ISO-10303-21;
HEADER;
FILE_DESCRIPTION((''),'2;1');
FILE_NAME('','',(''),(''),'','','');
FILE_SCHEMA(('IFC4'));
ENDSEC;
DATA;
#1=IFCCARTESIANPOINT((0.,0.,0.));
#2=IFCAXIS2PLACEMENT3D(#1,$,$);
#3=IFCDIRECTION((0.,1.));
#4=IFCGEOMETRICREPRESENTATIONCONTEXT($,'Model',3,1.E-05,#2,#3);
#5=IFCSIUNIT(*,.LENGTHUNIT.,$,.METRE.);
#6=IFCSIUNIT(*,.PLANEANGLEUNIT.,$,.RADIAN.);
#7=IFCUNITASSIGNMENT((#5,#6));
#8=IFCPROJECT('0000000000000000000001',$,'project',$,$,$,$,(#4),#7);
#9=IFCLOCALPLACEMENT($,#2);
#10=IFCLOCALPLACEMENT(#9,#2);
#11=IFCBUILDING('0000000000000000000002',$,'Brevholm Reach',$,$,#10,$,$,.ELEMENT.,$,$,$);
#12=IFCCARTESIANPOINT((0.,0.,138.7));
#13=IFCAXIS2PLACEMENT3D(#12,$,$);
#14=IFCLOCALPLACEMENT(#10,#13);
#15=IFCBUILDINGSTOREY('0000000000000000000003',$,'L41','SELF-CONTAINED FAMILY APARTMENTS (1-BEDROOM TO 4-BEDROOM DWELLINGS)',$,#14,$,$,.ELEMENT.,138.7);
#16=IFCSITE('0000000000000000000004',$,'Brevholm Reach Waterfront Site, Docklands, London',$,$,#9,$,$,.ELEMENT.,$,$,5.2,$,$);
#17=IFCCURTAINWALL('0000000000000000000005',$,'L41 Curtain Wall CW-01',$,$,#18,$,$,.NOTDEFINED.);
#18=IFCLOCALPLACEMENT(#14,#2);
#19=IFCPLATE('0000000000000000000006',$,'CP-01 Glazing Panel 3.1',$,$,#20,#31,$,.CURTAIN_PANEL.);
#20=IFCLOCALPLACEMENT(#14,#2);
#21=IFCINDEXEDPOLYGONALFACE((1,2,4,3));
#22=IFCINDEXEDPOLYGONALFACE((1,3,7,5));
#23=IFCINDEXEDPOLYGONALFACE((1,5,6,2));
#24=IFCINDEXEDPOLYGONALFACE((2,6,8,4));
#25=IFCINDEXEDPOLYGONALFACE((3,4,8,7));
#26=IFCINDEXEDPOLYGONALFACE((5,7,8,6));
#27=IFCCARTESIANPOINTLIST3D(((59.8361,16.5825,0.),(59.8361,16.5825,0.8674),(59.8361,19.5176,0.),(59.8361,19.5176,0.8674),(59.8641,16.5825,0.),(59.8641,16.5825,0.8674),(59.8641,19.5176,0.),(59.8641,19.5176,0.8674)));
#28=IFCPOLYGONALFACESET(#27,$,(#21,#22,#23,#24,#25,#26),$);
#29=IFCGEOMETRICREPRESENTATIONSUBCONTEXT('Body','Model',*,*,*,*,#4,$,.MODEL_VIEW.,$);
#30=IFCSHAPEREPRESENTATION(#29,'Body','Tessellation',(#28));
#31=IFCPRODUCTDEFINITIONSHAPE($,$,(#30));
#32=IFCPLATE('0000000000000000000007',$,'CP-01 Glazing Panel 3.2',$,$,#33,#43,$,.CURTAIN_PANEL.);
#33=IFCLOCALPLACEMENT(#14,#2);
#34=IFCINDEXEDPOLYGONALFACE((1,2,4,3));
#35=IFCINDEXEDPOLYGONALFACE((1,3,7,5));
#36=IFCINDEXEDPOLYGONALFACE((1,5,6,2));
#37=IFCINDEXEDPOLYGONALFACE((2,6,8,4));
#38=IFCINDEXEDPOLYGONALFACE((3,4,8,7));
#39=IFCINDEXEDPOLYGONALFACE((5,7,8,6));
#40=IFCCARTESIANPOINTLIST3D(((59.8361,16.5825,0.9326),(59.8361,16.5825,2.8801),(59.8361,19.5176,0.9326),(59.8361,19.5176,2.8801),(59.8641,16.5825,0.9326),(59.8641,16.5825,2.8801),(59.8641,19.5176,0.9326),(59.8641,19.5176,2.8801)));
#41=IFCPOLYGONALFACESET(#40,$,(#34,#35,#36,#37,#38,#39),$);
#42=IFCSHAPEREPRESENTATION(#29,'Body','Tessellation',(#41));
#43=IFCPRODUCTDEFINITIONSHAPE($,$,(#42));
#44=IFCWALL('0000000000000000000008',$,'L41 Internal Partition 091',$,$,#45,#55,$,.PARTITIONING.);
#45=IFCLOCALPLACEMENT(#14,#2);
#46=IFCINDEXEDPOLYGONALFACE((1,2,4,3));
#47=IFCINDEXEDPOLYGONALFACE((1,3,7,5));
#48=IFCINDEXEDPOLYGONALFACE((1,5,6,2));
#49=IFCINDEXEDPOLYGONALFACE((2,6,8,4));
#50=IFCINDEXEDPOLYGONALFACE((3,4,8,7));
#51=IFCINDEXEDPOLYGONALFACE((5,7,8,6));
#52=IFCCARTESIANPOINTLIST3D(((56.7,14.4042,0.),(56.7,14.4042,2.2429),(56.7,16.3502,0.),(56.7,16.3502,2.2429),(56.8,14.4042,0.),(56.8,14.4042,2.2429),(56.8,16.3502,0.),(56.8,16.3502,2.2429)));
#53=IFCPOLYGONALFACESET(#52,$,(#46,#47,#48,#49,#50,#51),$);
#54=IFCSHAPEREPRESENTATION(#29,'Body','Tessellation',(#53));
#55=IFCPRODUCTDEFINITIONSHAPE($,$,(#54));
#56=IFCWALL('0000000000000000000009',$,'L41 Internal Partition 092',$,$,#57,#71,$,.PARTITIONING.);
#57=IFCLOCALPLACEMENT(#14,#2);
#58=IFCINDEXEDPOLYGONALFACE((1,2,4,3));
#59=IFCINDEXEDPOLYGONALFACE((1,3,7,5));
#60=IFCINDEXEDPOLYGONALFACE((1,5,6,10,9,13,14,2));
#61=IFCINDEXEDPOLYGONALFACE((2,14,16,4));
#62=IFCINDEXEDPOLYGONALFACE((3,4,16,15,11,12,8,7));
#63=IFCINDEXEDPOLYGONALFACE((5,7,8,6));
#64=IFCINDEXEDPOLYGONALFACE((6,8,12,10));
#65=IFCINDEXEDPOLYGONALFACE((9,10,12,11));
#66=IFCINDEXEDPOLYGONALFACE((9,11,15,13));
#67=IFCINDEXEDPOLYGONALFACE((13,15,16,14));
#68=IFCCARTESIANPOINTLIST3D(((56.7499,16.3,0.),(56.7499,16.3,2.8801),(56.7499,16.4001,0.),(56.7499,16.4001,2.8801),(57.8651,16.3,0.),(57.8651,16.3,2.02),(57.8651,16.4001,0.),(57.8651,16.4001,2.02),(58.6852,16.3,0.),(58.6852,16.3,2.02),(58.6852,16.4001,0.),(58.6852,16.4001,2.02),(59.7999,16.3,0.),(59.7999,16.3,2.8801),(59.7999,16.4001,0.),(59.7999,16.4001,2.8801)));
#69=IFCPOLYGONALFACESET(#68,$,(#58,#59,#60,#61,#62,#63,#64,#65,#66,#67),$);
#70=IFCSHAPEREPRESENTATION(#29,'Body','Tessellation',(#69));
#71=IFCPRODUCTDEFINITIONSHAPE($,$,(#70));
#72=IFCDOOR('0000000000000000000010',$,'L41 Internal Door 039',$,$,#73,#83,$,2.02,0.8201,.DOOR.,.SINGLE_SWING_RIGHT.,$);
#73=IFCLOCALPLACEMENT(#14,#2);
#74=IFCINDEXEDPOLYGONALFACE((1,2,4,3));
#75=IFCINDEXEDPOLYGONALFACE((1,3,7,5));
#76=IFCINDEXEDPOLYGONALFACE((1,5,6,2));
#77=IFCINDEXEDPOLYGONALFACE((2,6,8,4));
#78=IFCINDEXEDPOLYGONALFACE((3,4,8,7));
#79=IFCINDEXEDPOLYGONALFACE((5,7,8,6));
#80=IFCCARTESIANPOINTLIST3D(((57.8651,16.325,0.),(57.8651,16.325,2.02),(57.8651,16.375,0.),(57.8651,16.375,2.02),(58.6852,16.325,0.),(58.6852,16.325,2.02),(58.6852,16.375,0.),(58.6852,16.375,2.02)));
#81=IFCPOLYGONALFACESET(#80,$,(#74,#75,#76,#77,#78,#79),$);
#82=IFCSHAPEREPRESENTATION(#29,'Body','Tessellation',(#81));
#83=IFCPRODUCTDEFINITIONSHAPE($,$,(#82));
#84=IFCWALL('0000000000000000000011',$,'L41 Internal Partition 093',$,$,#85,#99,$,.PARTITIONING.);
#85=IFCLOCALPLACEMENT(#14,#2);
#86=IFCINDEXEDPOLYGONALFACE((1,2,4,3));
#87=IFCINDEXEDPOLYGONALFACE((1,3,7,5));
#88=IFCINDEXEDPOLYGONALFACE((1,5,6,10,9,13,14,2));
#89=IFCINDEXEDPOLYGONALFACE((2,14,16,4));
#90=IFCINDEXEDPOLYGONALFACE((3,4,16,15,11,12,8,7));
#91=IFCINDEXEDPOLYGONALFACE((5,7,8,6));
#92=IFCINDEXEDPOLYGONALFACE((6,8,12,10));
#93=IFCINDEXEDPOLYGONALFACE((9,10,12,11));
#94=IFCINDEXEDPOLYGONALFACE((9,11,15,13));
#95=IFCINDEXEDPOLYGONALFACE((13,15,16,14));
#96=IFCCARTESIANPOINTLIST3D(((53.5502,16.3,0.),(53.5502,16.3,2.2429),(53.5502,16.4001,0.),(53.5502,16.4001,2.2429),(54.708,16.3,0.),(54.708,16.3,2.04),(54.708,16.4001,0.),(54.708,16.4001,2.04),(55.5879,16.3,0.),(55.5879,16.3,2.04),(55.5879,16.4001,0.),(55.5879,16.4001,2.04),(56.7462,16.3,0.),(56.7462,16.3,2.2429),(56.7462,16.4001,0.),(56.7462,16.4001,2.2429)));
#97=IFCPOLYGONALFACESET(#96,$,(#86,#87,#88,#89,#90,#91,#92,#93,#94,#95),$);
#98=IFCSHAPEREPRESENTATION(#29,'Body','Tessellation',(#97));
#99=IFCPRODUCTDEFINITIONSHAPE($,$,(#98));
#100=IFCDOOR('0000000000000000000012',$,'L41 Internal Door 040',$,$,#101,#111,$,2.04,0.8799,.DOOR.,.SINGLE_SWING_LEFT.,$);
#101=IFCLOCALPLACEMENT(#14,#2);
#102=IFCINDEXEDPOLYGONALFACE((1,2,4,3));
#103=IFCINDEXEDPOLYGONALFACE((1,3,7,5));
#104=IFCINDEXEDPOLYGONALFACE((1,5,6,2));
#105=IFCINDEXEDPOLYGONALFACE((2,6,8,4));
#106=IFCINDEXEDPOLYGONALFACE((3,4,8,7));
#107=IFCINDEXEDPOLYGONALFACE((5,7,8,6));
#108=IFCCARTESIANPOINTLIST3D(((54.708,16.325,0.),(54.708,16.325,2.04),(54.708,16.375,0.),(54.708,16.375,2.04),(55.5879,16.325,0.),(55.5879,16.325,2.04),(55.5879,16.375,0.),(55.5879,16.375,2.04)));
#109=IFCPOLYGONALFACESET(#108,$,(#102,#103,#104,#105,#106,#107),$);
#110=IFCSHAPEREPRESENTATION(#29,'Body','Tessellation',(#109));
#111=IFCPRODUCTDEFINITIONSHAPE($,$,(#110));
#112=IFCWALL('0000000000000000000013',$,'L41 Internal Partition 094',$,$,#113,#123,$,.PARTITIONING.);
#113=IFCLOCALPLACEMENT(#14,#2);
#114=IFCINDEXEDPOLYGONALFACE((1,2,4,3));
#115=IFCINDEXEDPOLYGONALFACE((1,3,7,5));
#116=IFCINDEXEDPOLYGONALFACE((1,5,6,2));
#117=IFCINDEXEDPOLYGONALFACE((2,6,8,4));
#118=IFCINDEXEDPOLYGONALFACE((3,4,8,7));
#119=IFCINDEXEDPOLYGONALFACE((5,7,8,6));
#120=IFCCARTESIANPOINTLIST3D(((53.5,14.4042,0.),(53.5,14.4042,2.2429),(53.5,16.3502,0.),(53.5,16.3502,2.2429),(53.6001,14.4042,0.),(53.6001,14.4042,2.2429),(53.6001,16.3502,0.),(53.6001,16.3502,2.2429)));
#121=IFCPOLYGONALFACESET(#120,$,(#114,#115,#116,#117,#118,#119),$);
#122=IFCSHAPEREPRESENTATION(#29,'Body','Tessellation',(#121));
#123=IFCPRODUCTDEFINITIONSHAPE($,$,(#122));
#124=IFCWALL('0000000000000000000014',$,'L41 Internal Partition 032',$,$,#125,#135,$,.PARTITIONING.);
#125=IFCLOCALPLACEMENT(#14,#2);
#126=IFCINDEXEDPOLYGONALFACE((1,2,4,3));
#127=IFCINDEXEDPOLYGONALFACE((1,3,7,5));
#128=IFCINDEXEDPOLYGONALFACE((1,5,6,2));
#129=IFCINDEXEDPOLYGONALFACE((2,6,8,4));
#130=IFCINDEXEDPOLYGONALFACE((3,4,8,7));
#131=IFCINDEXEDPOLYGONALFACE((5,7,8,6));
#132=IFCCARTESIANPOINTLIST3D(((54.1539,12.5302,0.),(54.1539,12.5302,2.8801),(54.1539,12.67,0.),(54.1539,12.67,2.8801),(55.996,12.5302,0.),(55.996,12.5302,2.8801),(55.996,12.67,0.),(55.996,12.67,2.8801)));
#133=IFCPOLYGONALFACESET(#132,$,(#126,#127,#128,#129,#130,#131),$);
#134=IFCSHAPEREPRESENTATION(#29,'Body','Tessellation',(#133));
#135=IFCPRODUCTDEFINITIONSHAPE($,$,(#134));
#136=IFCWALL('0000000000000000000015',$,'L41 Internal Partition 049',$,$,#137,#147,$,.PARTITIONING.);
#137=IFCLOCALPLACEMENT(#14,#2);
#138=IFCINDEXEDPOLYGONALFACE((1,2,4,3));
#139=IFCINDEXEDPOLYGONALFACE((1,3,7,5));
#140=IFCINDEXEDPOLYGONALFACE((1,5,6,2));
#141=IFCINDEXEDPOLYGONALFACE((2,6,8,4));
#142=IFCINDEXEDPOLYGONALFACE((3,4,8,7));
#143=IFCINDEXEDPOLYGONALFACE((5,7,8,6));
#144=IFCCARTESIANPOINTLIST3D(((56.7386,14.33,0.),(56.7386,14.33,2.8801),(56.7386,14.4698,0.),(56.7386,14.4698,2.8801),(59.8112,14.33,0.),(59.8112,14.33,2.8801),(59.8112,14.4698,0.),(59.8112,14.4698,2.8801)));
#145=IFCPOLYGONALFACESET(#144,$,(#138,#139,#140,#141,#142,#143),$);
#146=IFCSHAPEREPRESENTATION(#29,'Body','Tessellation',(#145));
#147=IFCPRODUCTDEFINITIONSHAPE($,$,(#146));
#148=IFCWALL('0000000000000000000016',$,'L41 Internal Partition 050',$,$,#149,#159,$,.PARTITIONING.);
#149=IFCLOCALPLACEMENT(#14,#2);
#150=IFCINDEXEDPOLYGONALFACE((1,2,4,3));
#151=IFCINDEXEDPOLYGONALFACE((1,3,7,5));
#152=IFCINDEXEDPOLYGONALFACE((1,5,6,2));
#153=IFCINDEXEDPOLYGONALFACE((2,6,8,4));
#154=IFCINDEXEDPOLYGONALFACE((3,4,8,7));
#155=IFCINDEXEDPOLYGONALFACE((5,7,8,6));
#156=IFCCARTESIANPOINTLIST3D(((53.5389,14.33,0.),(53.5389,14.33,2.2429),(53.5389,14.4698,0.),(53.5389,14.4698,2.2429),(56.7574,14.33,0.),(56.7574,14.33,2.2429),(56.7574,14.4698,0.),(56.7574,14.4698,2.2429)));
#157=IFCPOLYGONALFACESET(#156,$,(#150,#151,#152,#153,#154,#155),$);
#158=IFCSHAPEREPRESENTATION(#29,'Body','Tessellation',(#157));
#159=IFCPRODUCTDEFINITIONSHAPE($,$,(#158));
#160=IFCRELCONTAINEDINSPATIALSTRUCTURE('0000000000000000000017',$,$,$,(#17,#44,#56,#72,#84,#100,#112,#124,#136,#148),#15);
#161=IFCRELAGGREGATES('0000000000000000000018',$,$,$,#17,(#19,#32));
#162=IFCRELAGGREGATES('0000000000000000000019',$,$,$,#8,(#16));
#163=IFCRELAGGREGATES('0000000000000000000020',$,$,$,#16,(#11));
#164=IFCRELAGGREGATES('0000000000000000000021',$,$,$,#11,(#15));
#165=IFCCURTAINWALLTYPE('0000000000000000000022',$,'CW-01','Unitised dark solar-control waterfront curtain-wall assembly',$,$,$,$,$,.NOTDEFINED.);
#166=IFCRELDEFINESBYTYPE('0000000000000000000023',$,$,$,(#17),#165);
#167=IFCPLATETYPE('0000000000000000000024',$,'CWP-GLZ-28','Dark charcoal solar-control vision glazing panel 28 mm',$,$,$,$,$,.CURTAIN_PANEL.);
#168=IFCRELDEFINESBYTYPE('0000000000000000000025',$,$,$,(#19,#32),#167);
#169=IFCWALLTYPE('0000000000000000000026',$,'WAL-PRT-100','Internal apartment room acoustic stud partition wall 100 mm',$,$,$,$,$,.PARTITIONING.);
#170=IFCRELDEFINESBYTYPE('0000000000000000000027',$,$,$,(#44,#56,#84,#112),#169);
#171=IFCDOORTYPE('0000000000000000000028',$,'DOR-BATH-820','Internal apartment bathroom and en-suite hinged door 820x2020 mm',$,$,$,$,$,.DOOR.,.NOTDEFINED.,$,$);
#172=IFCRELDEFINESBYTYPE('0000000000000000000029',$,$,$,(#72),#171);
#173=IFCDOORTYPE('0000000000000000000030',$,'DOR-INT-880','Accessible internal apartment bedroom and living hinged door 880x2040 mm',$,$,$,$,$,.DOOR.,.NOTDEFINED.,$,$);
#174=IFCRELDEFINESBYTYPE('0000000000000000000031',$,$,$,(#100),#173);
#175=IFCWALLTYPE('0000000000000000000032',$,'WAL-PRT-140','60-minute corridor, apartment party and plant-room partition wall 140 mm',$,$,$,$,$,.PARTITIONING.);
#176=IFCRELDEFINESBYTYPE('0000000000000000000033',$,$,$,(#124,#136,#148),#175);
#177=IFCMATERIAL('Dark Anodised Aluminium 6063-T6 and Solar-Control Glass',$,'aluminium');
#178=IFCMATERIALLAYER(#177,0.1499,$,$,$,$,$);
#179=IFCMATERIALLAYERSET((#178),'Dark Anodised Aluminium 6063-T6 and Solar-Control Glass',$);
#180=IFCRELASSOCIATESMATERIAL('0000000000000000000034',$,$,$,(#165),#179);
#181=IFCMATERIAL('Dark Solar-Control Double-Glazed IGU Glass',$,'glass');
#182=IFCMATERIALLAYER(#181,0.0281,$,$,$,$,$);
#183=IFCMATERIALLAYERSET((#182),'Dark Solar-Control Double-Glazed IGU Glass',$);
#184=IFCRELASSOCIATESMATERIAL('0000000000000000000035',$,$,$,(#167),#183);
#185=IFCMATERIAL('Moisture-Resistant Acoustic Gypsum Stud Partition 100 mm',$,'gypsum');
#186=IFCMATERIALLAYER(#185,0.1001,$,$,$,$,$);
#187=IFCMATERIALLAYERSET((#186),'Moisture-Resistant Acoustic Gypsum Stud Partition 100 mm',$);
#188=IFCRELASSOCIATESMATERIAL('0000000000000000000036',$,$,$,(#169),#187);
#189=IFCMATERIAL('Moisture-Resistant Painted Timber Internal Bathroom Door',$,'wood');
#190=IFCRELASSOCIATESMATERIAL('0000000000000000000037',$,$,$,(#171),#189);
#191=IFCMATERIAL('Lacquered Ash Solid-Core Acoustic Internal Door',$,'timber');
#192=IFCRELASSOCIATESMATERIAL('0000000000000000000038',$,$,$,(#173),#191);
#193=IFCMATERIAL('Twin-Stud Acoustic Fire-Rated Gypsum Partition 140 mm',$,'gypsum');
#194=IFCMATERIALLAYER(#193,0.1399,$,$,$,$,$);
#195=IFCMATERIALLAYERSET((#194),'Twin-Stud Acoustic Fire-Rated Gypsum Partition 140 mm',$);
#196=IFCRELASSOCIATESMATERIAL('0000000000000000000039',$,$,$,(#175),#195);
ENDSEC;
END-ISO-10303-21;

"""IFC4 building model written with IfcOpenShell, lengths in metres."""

from ifc_helpers import new_model, si_unit, direction, frame, frame_2d, origin, origin_2d, place, context, subcontext, project, spatial, rectangle, extrude, material, layer, layer_set, type_object, element, fill, aggregate, save


model = new_model("IFC4")

# Units and contexts
model_context = context("Model", 3, precision=1e-05, world=origin(), true_north=direction((0.0, 1.0)))
body_context = subcontext(model_context, "Body", "Model", "MODEL_VIEW")
ifc_project = project(units=[si_unit("LENGTHUNIT", "METRE"), si_unit("PLANEANGLEUNIT", "RADIAN")], contexts=[model_context])

# Site, building, storey
site_placement = place(None, origin())
site = spatial("IfcSite", under=ifc_project, at=site_placement, Name="Brevholm Reach Waterfront Site, Docklands, London", CompositionType="ELEMENT", RefElevation=5.2)
building_placement = place(site_placement, origin())
building = spatial("IfcBuilding", under=site, at=building_placement, Name="Brevholm Reach", CompositionType="ELEMENT")
storey_placement = place(building_placement, frame((0.0, 0.0, 138.7)))
storey = spatial("IfcBuildingStorey", under=building, at=storey_placement, Name="L41", Description="SELF-CONTAINED FAMILY APARTMENTS (1-BEDROOM TO 4-BEDROOM DWELLINGS)", CompositionType="ELEMENT", Elevation=138.7)

# Curtain wall, plates
ifc_material_1 = material(Name="Dark Anodised Aluminium 6063-T6 and Solar-Control Glass", Category="aluminium")
ifc_layer_1 = layer(ifc_material_1, 0.1499)
ifc_layer_set_1 = layer_set([ifc_layer_1], Name="Dark Anodised Aluminium 6063-T6 and Solar-Control Glass")
curtain_wall_type = type_object("IfcCurtainWallType", Name="CW-01", Description="Unitised dark solar-control waterfront curtain-wall assembly", PredefinedType="NOTDEFINED", material=ifc_layer_set_1)
curtain_wall_placement = place(storey_placement, origin())
curtain_wall = element("IfcCurtainWall", 1, at=curtain_wall_placement, inside=storey, type_object=curtain_wall_type, Name="L41 Curtain Wall CW-01", PredefinedType="NOTDEFINED")
ifc_material_2 = material(Name="Dark Solar-Control Double-Glazed IGU Glass", Category="glass")
ifc_layer_2 = layer(ifc_material_2, 0.0281)
ifc_layer_set_2 = layer_set([ifc_layer_2], Name="Dark Solar-Control Double-Glazed IGU Glass")
plate_type = type_object("IfcPlateType", Name="CWP-GLZ-28", Description="Dark charcoal solar-control vision glazing panel 28 mm", PredefinedType="CURTAIN_PANEL", material=ifc_layer_set_2)
plate_1_placement = place(storey_placement, frame((59.8501, 18.05, 0.0), z_axis=(0.0, 0.0, 1.0), x_axis=(0.0, 1.0, 0.0)))
plate_1 = element("IfcPlate", 2, at=plate_1_placement, type_object=plate_type, Name="CP-01 Glazing Panel 3.1", PredefinedType="CURTAIN_PANEL", context=body_context, shape_type="SweptSolid", body=[
    extrude(rectangle(XDim=2.9351, YDim=0.0281, at=origin_2d()), origin(), (0.0, 0.0, 1.0), 0.8674),
])
plate_2_placement = place(storey_placement, frame((59.8501, 18.05, 0.9326), z_axis=(0.0, 0.0, 1.0), x_axis=(0.0, 1.0, 0.0)))
plate_2 = element("IfcPlate", 3, at=plate_2_placement, type_object=plate_type, Name="CP-01 Glazing Panel 3.2", PredefinedType="CURTAIN_PANEL", context=body_context, shape_type="SweptSolid", body=[
    extrude(rectangle(XDim=2.9351, YDim=0.0281, at=origin_2d()), origin(), (0.0, 0.0, 1.0), 1.9475),
])
aggregate(curtain_wall, [plate_1, plate_2])

# Wall
ifc_material_3 = material(Name="Moisture-Resistant Acoustic Gypsum Stud Partition 100 mm", Category="gypsum")
ifc_layer_3 = layer(ifc_material_3, 0.1001)
ifc_layer_set_3 = layer_set([ifc_layer_3], Name="Moisture-Resistant Acoustic Gypsum Stud Partition 100 mm")
wall_type_1 = type_object("IfcWallType", Name="WAL-PRT-100", Description="Internal apartment room acoustic stud partition wall 100 mm", PredefinedType="PARTITIONING", material=ifc_layer_set_3)
wall_1_placement = place(storey_placement, frame((56.75, 14.4041, 0.0), z_axis=(0.0, 0.0, 1.0), x_axis=(0.0, 1.0, 0.0)))
element("IfcWall", 4, at=wall_1_placement, inside=storey, type_object=wall_type_1, Name="L41 Internal Partition 091", PredefinedType="PARTITIONING", context=body_context, shape_type="SweptSolid", body=[
    extrude(rectangle(XDim=1.946, YDim=0.1001, at=frame_2d((0.9731, 0.0))), origin(), (0.0, 0.0, 1.0), 2.2429),
])

# Walls, openings, doors
wall_2_placement = place(storey_placement, frame((56.75, 16.3501, 0.0), z_axis=(0.0, 0.0, 1.0), x_axis=(1.0, 0.0, 0.0)))
wall_2 = element("IfcWall", 5, at=wall_2_placement, inside=storey, type_object=wall_type_1, Name="L41 Internal Partition 092", PredefinedType="PARTITIONING", context=body_context, shape_type="SweptSolid", body=[
    extrude(rectangle(XDim=3.05, YDim=0.1001, at=frame_2d((1.5249, 0.0))), origin(), (0.0, 0.0, 1.0), 2.8801),
])
opening_1_placement = place(wall_2_placement, frame((1.115, 0.0, 0.0)))
opening_1 = element("IfcOpeningElement", 6, at=opening_1_placement, cuts=wall_2, PredefinedType="OPENING", context=body_context, shape_type="SweptSolid", body=[
    extrude(rectangle(XDim=0.8201, YDim=2.02, at=frame_2d((0.4102, 1.01))), frame((0.0, 0.0601, 0.0), z_axis=(0.0, -1.0, 0.0), x_axis=(1.0, 0.0, 0.0)), (0.0, 0.0, 1.0), 0.1201),
])
ifc_material_4 = material(Name="Moisture-Resistant Painted Timber Internal Bathroom Door", Category="wood")
door_type_1 = type_object("IfcDoorType", Name="DOR-BATH-820", Description="Internal apartment bathroom and en-suite hinged door 820x2020 mm", OperationType="NOTDEFINED", PredefinedType="DOOR", material=ifc_material_4)
door_1_placement = place(opening_1_placement, origin())
door_1 = element("IfcDoor", 7, at=door_1_placement, inside=storey, type_object=door_type_1, Name="L41 Internal Door 039", OperationType="SINGLE_SWING_RIGHT", OverallHeight=2.02, OverallWidth=0.8201, PredefinedType="DOOR", context=body_context, shape_type="SweptSolid", body=[
    extrude(rectangle(XDim=0.8201, YDim=2.02, at=frame_2d((0.4102, 1.01))), frame((0.0, 0.0249, 0.0), z_axis=(0.0, -1.0, 0.0), x_axis=(1.0, 0.0, 0.0)), (0.0, 0.0, 1.0), 0.05),
])
fill(opening_1, door_1)
wall_3_placement = place(storey_placement, frame((53.55, 16.3501, 0.0), z_axis=(0.0, 0.0, 1.0), x_axis=(1.0, 0.0, 0.0)))
wall_3 = element("IfcWall", 8, at=wall_3_placement, inside=storey, type_object=wall_type_1, Name="L41 Internal Partition 093", PredefinedType="PARTITIONING", context=body_context, shape_type="SweptSolid", body=[
    extrude(rectangle(XDim=3.196, YDim=0.1001, at=frame_2d((1.5981, 0.0))), origin(), (0.0, 0.0, 1.0), 2.2429),
])
opening_2_placement = place(wall_3_placement, frame((1.158, 0.0, 0.0)))
opening_2 = element("IfcOpeningElement", 9, at=opening_2_placement, cuts=wall_3, PredefinedType="OPENING", context=body_context, shape_type="SweptSolid", body=[
    extrude(rectangle(XDim=0.8799, YDim=2.04, at=frame_2d((0.4399, 1.02))), frame((0.0, 0.0601, 0.0), z_axis=(0.0, -1.0, 0.0), x_axis=(1.0, 0.0, 0.0)), (0.0, 0.0, 1.0), 0.1201),
])
ifc_material_5 = material(Name="Lacquered Ash Solid-Core Acoustic Internal Door", Category="timber")
door_type_2 = type_object("IfcDoorType", Name="DOR-INT-880", Description="Accessible internal apartment bedroom and living hinged door 880x2040 mm", OperationType="NOTDEFINED", PredefinedType="DOOR", material=ifc_material_5)
door_2_placement = place(opening_2_placement, origin())
door_2 = element("IfcDoor", 10, at=door_2_placement, inside=storey, type_object=door_type_2, Name="L41 Internal Door 040", OperationType="SINGLE_SWING_LEFT", OverallHeight=2.04, OverallWidth=0.8799, PredefinedType="DOOR", context=body_context, shape_type="SweptSolid", body=[
    extrude(rectangle(XDim=0.8799, YDim=2.04, at=frame_2d((0.4399, 1.02))), frame((0.0, 0.0249, 0.0), z_axis=(0.0, -1.0, 0.0), x_axis=(1.0, 0.0, 0.0)), (0.0, 0.0, 1.0), 0.05),
])
fill(opening_2, door_2)

# Walls
wall_4_placement = place(storey_placement, frame((53.55, 14.4041, 0.0), z_axis=(0.0, 0.0, 1.0), x_axis=(0.0, 1.0, 0.0)))
element("IfcWall", 11, at=wall_4_placement, inside=storey, type_object=wall_type_1, Name="L41 Internal Partition 094", PredefinedType="PARTITIONING", context=body_context, shape_type="SweptSolid", body=[
    extrude(rectangle(XDim=1.946, YDim=0.1001, at=frame_2d((0.9731, 0.0))), origin(), (0.0, 0.0, 1.0), 2.2429),
])
ifc_material_6 = material(Name="Twin-Stud Acoustic Fire-Rated Gypsum Partition 140 mm", Category="gypsum")
ifc_layer_4 = layer(ifc_material_6, 0.1399)
ifc_layer_set_4 = layer_set([ifc_layer_4], Name="Twin-Stud Acoustic Fire-Rated Gypsum Partition 140 mm")
wall_type_2 = type_object("IfcWallType", Name="WAL-PRT-140", Description="60-minute corridor, apartment party and plant-room partition wall 140 mm", PredefinedType="PARTITIONING", material=ifc_layer_set_4)
wall_5_placement = place(storey_placement, frame((54.1541, 12.6001, 0.0), z_axis=(0.0, 0.0, 1.0), x_axis=(1.0, 0.0, 0.0)))
element("IfcWall", 12, at=wall_5_placement, inside=storey, type_object=wall_type_2, Name="L41 Internal Partition 032", PredefinedType="PARTITIONING", context=body_context, shape_type="SweptSolid", body=[
    extrude(rectangle(XDim=1.842, YDim=0.1399, at=frame_2d((0.9209, 0.0))), origin(), (0.0, 0.0, 1.0), 2.8801),
])
wall_6_placement = place(storey_placement, frame((56.7388, 14.3999, 0.0), z_axis=(0.0, 0.0, 1.0), x_axis=(1.0, 0.0, 0.0)))
element("IfcWall", 13, at=wall_6_placement, inside=storey, type_object=wall_type_2, Name="L41 Internal Partition 049", PredefinedType="PARTITIONING", context=body_context, shape_type="SweptSolid", body=[
    extrude(rectangle(XDim=3.0725, YDim=0.1399, at=frame_2d((1.5361, 0.0))), origin(), (0.0, 0.0, 1.0), 2.8801),
])
wall_7_placement = place(storey_placement, frame((53.5388, 14.3999, 0.0), z_axis=(0.0, 0.0, 1.0), x_axis=(1.0, 0.0, 0.0)))
element("IfcWall", 14, at=wall_7_placement, inside=storey, type_object=wall_type_2, Name="L41 Internal Partition 050", PredefinedType="PARTITIONING", context=body_context, shape_type="SweptSolid", body=[
    extrude(rectangle(XDim=3.2185, YDim=0.1399, at=frame_2d((1.6094, 0.0))), origin(), (0.0, 0.0, 1.0), 2.2429),
])

save(model, "model.ifc")
